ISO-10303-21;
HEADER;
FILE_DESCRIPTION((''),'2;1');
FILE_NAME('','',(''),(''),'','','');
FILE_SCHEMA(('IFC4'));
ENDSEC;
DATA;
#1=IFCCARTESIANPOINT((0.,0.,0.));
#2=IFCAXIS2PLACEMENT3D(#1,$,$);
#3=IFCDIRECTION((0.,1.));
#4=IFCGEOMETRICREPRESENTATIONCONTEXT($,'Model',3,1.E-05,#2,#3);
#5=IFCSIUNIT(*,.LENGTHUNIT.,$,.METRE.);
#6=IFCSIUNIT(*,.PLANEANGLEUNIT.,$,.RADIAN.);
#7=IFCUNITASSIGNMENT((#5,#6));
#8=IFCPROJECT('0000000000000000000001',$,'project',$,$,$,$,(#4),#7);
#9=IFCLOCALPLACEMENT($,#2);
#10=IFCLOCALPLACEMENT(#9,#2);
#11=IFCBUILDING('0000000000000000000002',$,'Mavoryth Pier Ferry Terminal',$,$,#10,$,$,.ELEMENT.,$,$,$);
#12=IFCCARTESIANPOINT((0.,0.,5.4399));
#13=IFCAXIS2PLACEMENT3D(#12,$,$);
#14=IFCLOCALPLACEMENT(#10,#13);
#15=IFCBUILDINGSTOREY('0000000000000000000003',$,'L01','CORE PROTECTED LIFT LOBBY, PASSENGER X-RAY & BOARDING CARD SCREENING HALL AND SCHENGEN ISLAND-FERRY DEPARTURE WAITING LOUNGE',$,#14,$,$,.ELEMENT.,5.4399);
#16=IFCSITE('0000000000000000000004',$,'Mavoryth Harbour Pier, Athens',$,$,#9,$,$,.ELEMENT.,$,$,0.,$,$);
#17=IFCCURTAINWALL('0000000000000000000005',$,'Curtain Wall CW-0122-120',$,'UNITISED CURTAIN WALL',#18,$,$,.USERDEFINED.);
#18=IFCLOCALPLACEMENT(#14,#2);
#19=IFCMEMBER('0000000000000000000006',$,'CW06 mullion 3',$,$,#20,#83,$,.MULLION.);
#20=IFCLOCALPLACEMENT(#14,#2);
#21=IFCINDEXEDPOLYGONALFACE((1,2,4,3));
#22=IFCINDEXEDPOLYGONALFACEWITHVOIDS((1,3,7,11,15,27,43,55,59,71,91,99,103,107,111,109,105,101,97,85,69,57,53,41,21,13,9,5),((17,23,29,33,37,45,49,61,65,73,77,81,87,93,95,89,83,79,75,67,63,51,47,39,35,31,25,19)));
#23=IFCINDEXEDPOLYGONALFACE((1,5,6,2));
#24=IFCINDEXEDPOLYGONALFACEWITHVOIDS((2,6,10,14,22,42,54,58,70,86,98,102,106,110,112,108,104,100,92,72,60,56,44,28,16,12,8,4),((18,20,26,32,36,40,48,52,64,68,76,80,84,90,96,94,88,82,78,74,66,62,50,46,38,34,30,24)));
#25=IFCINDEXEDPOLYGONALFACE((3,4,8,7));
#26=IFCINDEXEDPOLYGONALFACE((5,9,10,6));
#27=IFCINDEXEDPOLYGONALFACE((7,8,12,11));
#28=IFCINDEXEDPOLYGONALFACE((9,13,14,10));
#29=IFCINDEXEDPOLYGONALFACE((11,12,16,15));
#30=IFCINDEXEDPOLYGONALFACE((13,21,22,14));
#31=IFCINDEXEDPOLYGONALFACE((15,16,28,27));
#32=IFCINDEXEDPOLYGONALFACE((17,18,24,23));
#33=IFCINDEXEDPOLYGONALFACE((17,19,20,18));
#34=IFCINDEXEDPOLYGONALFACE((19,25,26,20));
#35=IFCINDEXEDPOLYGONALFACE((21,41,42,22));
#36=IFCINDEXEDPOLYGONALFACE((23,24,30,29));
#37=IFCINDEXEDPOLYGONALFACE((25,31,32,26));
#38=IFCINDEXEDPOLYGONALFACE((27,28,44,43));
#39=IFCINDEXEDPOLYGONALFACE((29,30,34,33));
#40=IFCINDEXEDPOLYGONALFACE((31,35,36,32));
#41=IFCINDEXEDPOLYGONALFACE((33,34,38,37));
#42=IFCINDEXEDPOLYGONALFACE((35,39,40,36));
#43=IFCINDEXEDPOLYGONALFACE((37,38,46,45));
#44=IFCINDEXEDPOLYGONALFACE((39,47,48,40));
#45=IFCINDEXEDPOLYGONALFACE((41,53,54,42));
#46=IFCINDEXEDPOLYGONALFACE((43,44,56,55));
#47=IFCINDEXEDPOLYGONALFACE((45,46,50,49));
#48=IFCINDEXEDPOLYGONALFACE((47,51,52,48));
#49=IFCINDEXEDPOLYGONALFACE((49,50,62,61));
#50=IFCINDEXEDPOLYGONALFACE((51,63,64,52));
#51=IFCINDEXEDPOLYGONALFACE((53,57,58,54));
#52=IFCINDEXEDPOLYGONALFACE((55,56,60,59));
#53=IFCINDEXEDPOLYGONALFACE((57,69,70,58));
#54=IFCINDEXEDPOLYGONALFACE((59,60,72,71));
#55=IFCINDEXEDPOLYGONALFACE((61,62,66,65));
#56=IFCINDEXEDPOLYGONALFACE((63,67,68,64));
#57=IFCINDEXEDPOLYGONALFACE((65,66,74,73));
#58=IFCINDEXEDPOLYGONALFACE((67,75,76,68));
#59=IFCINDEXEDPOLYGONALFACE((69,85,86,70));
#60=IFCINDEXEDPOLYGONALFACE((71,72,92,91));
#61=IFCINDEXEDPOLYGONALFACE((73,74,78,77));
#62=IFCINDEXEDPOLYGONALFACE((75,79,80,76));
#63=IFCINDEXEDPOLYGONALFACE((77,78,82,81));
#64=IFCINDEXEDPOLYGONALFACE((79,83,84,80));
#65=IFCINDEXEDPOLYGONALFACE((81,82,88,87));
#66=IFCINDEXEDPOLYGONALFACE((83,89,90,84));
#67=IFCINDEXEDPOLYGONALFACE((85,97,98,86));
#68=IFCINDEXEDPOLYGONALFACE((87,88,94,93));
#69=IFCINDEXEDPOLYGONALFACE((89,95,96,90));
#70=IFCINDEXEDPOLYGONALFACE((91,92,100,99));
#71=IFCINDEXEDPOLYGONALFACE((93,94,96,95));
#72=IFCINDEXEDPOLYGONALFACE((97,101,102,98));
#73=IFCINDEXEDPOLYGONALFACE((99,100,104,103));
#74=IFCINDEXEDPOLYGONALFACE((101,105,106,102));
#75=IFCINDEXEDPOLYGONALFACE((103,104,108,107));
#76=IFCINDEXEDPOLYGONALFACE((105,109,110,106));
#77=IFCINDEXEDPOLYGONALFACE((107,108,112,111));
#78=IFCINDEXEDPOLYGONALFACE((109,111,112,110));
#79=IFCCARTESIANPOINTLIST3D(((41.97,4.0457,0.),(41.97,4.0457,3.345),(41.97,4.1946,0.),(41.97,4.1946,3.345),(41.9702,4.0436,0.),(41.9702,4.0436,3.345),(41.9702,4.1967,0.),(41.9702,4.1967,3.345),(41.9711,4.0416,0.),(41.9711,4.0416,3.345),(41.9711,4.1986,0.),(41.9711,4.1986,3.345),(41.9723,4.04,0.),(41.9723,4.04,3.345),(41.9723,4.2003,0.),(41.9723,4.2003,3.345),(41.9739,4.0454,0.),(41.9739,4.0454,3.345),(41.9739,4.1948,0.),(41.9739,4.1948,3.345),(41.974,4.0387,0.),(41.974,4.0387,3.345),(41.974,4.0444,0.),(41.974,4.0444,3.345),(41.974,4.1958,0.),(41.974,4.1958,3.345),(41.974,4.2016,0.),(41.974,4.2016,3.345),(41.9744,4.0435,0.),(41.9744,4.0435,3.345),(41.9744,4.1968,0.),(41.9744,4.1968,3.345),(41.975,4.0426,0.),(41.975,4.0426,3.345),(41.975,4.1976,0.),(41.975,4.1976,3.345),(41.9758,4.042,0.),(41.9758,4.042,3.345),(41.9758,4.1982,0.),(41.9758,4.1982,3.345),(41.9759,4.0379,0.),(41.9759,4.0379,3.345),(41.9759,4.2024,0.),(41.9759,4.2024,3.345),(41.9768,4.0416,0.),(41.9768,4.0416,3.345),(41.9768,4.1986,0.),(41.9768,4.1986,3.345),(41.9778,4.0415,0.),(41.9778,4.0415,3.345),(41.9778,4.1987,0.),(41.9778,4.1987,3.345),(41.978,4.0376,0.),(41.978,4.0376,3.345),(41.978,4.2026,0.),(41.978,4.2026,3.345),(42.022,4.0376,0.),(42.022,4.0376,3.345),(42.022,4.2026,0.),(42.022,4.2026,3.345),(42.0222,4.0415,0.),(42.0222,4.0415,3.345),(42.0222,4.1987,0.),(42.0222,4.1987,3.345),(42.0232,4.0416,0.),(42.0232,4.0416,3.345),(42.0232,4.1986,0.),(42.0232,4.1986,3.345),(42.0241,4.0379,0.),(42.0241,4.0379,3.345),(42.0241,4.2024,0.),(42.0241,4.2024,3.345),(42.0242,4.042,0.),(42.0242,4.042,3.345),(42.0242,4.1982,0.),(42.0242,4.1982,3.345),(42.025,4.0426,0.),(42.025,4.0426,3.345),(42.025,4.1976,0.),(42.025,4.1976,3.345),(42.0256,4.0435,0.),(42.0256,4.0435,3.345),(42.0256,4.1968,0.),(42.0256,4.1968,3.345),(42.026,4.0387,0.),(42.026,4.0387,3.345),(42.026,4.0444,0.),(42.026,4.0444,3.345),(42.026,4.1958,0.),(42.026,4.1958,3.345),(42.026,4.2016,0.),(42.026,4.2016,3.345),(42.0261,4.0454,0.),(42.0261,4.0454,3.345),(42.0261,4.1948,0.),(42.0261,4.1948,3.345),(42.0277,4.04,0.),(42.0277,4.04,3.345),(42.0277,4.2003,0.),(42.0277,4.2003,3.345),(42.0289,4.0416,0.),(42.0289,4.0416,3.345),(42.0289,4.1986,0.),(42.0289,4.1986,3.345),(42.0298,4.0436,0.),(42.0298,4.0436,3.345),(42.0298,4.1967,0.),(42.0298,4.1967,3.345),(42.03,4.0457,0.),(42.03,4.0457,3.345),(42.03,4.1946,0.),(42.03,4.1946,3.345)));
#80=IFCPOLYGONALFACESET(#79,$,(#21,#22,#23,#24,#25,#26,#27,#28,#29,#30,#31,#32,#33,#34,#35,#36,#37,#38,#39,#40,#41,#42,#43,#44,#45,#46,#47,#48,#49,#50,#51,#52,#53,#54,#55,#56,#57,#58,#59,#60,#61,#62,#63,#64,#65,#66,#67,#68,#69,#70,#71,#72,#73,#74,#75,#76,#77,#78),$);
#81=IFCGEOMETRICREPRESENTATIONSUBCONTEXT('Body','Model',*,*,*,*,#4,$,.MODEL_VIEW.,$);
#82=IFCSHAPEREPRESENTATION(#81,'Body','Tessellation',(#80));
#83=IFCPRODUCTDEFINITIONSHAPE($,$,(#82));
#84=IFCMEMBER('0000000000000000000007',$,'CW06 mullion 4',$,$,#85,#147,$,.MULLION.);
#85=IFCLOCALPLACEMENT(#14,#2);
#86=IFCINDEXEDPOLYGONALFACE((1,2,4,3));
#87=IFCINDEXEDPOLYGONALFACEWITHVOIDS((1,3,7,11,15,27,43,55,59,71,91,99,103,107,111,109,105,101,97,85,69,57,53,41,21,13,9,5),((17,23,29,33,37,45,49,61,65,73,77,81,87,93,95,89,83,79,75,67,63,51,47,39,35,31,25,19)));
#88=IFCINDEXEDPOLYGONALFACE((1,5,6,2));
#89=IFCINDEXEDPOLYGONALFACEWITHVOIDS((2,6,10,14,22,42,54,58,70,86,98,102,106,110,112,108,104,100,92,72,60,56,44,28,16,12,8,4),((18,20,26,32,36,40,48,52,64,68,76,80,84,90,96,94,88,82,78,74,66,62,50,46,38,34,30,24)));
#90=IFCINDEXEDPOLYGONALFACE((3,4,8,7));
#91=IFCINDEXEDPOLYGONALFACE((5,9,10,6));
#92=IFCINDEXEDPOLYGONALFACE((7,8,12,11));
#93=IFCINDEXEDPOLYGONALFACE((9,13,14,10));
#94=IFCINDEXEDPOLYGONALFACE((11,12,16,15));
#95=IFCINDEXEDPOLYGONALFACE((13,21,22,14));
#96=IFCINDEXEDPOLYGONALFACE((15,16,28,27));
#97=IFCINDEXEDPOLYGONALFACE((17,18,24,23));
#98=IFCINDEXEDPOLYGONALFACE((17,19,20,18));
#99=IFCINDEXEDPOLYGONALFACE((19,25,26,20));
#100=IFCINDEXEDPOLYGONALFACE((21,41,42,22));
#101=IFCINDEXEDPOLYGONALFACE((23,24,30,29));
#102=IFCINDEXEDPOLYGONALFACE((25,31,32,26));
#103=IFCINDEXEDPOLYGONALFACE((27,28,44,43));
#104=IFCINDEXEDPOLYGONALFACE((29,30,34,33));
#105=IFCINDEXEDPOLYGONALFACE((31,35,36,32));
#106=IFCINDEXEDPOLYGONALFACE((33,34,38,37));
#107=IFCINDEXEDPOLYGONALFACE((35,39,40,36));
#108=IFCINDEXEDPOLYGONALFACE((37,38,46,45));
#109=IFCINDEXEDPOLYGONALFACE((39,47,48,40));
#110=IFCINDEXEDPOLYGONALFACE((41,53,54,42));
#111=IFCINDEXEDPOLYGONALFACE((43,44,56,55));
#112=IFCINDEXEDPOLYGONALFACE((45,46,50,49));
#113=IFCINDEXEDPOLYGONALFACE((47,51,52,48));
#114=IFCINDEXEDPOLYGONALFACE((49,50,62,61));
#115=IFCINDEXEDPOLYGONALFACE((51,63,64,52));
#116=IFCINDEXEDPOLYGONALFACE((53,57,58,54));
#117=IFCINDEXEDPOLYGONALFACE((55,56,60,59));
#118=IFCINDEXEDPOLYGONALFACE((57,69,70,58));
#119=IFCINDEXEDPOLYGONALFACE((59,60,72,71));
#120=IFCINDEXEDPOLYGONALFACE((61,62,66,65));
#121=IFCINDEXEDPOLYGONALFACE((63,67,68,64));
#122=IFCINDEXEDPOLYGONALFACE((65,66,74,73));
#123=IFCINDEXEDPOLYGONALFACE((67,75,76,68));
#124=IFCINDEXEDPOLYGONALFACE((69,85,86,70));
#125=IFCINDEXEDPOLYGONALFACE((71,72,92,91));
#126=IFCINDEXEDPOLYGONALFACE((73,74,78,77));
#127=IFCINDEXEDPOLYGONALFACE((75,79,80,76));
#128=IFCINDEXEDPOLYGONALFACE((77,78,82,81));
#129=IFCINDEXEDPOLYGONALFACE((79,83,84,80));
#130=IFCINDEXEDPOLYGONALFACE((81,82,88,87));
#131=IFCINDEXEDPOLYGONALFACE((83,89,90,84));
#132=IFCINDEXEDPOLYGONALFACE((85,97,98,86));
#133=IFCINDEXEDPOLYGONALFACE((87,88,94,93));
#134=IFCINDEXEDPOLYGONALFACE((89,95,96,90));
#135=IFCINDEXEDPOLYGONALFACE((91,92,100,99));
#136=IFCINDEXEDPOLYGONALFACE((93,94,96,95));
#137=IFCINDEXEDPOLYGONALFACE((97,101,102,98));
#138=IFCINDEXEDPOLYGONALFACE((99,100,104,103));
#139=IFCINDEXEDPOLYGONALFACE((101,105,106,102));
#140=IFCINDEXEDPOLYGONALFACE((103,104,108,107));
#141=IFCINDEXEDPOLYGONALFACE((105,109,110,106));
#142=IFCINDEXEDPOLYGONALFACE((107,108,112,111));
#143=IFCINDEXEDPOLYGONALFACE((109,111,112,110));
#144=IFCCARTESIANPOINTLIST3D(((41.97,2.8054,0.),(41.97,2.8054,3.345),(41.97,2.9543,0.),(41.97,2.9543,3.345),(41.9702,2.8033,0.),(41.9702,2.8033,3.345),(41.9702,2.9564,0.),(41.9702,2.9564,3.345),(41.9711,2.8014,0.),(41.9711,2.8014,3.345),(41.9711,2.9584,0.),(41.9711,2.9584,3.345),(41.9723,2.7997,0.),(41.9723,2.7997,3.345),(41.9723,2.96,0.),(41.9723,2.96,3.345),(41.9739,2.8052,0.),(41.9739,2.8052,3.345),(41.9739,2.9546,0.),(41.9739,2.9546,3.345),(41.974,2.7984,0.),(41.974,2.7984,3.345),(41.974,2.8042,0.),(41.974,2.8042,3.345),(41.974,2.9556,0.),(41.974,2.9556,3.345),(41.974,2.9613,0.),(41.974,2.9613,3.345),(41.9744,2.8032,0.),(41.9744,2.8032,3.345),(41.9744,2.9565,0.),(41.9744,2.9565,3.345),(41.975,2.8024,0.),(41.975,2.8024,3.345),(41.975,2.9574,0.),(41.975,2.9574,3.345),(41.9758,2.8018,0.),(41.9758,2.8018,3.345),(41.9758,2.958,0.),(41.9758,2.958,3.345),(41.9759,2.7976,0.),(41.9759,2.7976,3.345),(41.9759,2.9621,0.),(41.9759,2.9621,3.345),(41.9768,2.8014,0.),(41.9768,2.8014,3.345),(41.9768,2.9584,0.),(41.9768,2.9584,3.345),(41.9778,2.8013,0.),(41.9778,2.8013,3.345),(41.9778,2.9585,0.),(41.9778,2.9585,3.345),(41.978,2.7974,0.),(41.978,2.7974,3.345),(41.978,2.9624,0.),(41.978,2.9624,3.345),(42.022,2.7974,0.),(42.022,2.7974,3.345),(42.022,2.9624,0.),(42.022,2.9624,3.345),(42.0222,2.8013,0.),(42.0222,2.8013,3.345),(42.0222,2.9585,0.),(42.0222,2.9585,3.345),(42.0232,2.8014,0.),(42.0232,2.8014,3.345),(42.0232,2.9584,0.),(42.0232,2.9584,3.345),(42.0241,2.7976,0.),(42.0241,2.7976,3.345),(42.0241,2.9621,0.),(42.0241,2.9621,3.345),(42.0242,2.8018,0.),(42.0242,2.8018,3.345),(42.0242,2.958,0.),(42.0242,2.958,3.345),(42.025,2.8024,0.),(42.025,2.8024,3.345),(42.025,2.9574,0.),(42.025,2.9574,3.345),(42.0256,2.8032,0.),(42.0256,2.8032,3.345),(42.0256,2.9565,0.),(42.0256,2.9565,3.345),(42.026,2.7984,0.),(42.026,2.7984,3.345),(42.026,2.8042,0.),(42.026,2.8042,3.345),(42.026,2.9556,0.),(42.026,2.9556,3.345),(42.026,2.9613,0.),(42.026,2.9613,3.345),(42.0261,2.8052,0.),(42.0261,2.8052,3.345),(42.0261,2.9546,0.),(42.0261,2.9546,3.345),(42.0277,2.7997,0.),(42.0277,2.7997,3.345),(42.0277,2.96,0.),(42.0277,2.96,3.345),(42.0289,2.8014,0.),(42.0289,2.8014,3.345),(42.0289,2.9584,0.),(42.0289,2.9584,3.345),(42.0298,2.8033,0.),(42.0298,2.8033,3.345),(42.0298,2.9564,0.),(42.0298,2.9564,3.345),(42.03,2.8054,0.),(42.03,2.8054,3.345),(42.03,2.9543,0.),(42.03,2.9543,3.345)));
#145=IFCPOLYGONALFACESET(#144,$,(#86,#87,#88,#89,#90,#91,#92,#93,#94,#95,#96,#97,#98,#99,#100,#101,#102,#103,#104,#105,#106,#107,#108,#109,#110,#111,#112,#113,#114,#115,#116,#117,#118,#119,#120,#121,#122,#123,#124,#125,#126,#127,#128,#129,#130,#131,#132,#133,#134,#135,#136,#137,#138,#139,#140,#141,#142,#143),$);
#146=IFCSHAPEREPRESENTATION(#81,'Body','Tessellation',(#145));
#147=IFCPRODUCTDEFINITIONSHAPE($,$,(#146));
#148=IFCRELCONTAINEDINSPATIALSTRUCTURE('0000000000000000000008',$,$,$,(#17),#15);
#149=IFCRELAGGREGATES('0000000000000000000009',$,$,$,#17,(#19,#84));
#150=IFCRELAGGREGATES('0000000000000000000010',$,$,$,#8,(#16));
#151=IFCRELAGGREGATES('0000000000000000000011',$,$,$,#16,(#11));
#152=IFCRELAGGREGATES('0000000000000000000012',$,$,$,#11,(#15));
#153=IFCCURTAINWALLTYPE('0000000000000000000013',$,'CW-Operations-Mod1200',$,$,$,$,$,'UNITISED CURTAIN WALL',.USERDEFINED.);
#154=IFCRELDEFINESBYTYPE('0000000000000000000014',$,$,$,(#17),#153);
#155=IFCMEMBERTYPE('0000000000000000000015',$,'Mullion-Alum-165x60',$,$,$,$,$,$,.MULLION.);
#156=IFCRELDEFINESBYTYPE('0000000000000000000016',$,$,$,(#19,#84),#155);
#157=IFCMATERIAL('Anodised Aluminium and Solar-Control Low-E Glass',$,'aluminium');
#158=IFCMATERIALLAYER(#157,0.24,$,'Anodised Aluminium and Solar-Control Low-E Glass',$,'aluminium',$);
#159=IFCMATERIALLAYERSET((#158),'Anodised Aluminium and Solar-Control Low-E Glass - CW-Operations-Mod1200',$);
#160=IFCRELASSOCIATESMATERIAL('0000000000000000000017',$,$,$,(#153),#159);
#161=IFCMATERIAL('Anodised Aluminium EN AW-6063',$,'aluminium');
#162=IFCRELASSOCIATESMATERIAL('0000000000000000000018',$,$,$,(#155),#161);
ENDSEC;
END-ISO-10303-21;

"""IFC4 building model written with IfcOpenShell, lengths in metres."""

from ifc_helpers import new_model, si_unit, direction, frame, origin, origin_2d, place, context, subcontext, project, spatial, hollow_rectangle, extrude, material, layer, layer_set, material_profile, profile_set, type_object, element, aggregate, save


model = new_model("IFC4")

# Units and contexts
model_context = context("Model", 3, precision=1e-05, world=origin(), true_north=direction((0.0, 1.0)))
body_context = subcontext(model_context, "Body", "Model", "MODEL_VIEW")
ifc_project = project(units=[si_unit("LENGTHUNIT", "METRE"), si_unit("PLANEANGLEUNIT", "RADIAN")], contexts=[model_context])

# Site, building, storey
site_placement = place(None, origin())
site = spatial("IfcSite", under=ifc_project, at=site_placement, Name="Mavoryth Harbour Pier, Athens", CompositionType="ELEMENT", RefElevation=0.0)
building_placement = place(site_placement, origin())
building = spatial("IfcBuilding", under=site, at=building_placement, Name="Mavoryth Pier Ferry Terminal", CompositionType="ELEMENT")
storey_placement = place(building_placement, frame((0.0, 0.0, 5.4399)))
storey = spatial("IfcBuildingStorey", under=building, at=storey_placement, Name="L01", Description="CORE PROTECTED LIFT LOBBY, PASSENGER X-RAY & BOARDING CARD SCREENING HALL AND SCHENGEN ISLAND-FERRY DEPARTURE WAITING LOUNGE", CompositionType="ELEMENT", Elevation=5.4399)

# Curtain wall, members
ifc_material_1 = material(Name="Anodised Aluminium and Solar-Control Low-E Glass", Category="aluminium")
ifc_layer_1 = layer(ifc_material_1, 0.24, Name="Anodised Aluminium and Solar-Control Low-E Glass", Category="aluminium")
ifc_layer_set_1 = layer_set([ifc_layer_1], Name="Anodised Aluminium and Solar-Control Low-E Glass - CW-Operations-Mod1200")
curtain_wall_type = type_object("IfcCurtainWallType", Name="CW-Operations-Mod1200", ElementType="UNITISED CURTAIN WALL", PredefinedType="USERDEFINED", material=ifc_layer_set_1)
curtain_wall_placement = place(storey_placement, origin())
curtain_wall = element("IfcCurtainWall", 1, at=curtain_wall_placement, inside=storey, type_object=curtain_wall_type, Name="Curtain Wall CW-0122-120", ObjectType="UNITISED CURTAIN WALL", PredefinedType="USERDEFINED")
ifc_material_2 = material(Name="Anodised Aluminium EN AW-6063", Category="aluminium")
ifc_material_profile_1 = material_profile(ifc_material_2, hollow_rectangle(XDim=0.0601, YDim=0.165, WallThickness=0.0039, InnerFilletRadius=0.0039, OuterFilletRadius=0.0081, at=origin_2d()), Name="AL-MULL 165x60x4", Category="aluminium")
ifc_profile_set_1 = profile_set([ifc_material_profile_1], Name="Anodised Aluminium EN AW-6063 - AL-MULL 165x60x4")
member_type_1 = type_object("IfcMemberType", Name="Mullion-Alum-165x60", PredefinedType="MULLION", material=ifc_profile_set_1)
member_1_placement = place(storey_placement, frame((42.0, 4.1201, 0.0), z_axis=(0.0, 0.0, 1.0), x_axis=(1.0, 0.0, 0.0)))
member_1 = element("IfcMember", 2, at=member_1_placement, type_object=member_type_1, Name="CW06 mullion 3", PredefinedType="MULLION", context=body_context, shape_type="SweptSolid", body=[
    extrude(hollow_rectangle(XDim=0.0601, YDim=0.165, WallThickness=0.0039, InnerFilletRadius=0.0039, OuterFilletRadius=0.0081, at=origin_2d()), origin(), (0.0, 0.0, 1.0), 3.345),
])
member_2_placement = place(storey_placement, frame((42.0, 2.8799, 0.0), z_axis=(0.0, 0.0, 1.0), x_axis=(1.0, 0.0, 0.0)))
member_2 = element("IfcMember", 3, at=member_2_placement, type_object=member_type_1, Name="CW06 mullion 4", PredefinedType="MULLION", context=body_context, shape_type="SweptSolid", body=[
    extrude(hollow_rectangle(XDim=0.0601, YDim=0.165, WallThickness=0.0039, InnerFilletRadius=0.0039, OuterFilletRadius=0.0081, at=origin_2d()), origin(), (0.0, 0.0, 1.0), 3.345),
])

aggregate(curtain_wall, [member_1, member_2])

save(model, "model.ifc")
